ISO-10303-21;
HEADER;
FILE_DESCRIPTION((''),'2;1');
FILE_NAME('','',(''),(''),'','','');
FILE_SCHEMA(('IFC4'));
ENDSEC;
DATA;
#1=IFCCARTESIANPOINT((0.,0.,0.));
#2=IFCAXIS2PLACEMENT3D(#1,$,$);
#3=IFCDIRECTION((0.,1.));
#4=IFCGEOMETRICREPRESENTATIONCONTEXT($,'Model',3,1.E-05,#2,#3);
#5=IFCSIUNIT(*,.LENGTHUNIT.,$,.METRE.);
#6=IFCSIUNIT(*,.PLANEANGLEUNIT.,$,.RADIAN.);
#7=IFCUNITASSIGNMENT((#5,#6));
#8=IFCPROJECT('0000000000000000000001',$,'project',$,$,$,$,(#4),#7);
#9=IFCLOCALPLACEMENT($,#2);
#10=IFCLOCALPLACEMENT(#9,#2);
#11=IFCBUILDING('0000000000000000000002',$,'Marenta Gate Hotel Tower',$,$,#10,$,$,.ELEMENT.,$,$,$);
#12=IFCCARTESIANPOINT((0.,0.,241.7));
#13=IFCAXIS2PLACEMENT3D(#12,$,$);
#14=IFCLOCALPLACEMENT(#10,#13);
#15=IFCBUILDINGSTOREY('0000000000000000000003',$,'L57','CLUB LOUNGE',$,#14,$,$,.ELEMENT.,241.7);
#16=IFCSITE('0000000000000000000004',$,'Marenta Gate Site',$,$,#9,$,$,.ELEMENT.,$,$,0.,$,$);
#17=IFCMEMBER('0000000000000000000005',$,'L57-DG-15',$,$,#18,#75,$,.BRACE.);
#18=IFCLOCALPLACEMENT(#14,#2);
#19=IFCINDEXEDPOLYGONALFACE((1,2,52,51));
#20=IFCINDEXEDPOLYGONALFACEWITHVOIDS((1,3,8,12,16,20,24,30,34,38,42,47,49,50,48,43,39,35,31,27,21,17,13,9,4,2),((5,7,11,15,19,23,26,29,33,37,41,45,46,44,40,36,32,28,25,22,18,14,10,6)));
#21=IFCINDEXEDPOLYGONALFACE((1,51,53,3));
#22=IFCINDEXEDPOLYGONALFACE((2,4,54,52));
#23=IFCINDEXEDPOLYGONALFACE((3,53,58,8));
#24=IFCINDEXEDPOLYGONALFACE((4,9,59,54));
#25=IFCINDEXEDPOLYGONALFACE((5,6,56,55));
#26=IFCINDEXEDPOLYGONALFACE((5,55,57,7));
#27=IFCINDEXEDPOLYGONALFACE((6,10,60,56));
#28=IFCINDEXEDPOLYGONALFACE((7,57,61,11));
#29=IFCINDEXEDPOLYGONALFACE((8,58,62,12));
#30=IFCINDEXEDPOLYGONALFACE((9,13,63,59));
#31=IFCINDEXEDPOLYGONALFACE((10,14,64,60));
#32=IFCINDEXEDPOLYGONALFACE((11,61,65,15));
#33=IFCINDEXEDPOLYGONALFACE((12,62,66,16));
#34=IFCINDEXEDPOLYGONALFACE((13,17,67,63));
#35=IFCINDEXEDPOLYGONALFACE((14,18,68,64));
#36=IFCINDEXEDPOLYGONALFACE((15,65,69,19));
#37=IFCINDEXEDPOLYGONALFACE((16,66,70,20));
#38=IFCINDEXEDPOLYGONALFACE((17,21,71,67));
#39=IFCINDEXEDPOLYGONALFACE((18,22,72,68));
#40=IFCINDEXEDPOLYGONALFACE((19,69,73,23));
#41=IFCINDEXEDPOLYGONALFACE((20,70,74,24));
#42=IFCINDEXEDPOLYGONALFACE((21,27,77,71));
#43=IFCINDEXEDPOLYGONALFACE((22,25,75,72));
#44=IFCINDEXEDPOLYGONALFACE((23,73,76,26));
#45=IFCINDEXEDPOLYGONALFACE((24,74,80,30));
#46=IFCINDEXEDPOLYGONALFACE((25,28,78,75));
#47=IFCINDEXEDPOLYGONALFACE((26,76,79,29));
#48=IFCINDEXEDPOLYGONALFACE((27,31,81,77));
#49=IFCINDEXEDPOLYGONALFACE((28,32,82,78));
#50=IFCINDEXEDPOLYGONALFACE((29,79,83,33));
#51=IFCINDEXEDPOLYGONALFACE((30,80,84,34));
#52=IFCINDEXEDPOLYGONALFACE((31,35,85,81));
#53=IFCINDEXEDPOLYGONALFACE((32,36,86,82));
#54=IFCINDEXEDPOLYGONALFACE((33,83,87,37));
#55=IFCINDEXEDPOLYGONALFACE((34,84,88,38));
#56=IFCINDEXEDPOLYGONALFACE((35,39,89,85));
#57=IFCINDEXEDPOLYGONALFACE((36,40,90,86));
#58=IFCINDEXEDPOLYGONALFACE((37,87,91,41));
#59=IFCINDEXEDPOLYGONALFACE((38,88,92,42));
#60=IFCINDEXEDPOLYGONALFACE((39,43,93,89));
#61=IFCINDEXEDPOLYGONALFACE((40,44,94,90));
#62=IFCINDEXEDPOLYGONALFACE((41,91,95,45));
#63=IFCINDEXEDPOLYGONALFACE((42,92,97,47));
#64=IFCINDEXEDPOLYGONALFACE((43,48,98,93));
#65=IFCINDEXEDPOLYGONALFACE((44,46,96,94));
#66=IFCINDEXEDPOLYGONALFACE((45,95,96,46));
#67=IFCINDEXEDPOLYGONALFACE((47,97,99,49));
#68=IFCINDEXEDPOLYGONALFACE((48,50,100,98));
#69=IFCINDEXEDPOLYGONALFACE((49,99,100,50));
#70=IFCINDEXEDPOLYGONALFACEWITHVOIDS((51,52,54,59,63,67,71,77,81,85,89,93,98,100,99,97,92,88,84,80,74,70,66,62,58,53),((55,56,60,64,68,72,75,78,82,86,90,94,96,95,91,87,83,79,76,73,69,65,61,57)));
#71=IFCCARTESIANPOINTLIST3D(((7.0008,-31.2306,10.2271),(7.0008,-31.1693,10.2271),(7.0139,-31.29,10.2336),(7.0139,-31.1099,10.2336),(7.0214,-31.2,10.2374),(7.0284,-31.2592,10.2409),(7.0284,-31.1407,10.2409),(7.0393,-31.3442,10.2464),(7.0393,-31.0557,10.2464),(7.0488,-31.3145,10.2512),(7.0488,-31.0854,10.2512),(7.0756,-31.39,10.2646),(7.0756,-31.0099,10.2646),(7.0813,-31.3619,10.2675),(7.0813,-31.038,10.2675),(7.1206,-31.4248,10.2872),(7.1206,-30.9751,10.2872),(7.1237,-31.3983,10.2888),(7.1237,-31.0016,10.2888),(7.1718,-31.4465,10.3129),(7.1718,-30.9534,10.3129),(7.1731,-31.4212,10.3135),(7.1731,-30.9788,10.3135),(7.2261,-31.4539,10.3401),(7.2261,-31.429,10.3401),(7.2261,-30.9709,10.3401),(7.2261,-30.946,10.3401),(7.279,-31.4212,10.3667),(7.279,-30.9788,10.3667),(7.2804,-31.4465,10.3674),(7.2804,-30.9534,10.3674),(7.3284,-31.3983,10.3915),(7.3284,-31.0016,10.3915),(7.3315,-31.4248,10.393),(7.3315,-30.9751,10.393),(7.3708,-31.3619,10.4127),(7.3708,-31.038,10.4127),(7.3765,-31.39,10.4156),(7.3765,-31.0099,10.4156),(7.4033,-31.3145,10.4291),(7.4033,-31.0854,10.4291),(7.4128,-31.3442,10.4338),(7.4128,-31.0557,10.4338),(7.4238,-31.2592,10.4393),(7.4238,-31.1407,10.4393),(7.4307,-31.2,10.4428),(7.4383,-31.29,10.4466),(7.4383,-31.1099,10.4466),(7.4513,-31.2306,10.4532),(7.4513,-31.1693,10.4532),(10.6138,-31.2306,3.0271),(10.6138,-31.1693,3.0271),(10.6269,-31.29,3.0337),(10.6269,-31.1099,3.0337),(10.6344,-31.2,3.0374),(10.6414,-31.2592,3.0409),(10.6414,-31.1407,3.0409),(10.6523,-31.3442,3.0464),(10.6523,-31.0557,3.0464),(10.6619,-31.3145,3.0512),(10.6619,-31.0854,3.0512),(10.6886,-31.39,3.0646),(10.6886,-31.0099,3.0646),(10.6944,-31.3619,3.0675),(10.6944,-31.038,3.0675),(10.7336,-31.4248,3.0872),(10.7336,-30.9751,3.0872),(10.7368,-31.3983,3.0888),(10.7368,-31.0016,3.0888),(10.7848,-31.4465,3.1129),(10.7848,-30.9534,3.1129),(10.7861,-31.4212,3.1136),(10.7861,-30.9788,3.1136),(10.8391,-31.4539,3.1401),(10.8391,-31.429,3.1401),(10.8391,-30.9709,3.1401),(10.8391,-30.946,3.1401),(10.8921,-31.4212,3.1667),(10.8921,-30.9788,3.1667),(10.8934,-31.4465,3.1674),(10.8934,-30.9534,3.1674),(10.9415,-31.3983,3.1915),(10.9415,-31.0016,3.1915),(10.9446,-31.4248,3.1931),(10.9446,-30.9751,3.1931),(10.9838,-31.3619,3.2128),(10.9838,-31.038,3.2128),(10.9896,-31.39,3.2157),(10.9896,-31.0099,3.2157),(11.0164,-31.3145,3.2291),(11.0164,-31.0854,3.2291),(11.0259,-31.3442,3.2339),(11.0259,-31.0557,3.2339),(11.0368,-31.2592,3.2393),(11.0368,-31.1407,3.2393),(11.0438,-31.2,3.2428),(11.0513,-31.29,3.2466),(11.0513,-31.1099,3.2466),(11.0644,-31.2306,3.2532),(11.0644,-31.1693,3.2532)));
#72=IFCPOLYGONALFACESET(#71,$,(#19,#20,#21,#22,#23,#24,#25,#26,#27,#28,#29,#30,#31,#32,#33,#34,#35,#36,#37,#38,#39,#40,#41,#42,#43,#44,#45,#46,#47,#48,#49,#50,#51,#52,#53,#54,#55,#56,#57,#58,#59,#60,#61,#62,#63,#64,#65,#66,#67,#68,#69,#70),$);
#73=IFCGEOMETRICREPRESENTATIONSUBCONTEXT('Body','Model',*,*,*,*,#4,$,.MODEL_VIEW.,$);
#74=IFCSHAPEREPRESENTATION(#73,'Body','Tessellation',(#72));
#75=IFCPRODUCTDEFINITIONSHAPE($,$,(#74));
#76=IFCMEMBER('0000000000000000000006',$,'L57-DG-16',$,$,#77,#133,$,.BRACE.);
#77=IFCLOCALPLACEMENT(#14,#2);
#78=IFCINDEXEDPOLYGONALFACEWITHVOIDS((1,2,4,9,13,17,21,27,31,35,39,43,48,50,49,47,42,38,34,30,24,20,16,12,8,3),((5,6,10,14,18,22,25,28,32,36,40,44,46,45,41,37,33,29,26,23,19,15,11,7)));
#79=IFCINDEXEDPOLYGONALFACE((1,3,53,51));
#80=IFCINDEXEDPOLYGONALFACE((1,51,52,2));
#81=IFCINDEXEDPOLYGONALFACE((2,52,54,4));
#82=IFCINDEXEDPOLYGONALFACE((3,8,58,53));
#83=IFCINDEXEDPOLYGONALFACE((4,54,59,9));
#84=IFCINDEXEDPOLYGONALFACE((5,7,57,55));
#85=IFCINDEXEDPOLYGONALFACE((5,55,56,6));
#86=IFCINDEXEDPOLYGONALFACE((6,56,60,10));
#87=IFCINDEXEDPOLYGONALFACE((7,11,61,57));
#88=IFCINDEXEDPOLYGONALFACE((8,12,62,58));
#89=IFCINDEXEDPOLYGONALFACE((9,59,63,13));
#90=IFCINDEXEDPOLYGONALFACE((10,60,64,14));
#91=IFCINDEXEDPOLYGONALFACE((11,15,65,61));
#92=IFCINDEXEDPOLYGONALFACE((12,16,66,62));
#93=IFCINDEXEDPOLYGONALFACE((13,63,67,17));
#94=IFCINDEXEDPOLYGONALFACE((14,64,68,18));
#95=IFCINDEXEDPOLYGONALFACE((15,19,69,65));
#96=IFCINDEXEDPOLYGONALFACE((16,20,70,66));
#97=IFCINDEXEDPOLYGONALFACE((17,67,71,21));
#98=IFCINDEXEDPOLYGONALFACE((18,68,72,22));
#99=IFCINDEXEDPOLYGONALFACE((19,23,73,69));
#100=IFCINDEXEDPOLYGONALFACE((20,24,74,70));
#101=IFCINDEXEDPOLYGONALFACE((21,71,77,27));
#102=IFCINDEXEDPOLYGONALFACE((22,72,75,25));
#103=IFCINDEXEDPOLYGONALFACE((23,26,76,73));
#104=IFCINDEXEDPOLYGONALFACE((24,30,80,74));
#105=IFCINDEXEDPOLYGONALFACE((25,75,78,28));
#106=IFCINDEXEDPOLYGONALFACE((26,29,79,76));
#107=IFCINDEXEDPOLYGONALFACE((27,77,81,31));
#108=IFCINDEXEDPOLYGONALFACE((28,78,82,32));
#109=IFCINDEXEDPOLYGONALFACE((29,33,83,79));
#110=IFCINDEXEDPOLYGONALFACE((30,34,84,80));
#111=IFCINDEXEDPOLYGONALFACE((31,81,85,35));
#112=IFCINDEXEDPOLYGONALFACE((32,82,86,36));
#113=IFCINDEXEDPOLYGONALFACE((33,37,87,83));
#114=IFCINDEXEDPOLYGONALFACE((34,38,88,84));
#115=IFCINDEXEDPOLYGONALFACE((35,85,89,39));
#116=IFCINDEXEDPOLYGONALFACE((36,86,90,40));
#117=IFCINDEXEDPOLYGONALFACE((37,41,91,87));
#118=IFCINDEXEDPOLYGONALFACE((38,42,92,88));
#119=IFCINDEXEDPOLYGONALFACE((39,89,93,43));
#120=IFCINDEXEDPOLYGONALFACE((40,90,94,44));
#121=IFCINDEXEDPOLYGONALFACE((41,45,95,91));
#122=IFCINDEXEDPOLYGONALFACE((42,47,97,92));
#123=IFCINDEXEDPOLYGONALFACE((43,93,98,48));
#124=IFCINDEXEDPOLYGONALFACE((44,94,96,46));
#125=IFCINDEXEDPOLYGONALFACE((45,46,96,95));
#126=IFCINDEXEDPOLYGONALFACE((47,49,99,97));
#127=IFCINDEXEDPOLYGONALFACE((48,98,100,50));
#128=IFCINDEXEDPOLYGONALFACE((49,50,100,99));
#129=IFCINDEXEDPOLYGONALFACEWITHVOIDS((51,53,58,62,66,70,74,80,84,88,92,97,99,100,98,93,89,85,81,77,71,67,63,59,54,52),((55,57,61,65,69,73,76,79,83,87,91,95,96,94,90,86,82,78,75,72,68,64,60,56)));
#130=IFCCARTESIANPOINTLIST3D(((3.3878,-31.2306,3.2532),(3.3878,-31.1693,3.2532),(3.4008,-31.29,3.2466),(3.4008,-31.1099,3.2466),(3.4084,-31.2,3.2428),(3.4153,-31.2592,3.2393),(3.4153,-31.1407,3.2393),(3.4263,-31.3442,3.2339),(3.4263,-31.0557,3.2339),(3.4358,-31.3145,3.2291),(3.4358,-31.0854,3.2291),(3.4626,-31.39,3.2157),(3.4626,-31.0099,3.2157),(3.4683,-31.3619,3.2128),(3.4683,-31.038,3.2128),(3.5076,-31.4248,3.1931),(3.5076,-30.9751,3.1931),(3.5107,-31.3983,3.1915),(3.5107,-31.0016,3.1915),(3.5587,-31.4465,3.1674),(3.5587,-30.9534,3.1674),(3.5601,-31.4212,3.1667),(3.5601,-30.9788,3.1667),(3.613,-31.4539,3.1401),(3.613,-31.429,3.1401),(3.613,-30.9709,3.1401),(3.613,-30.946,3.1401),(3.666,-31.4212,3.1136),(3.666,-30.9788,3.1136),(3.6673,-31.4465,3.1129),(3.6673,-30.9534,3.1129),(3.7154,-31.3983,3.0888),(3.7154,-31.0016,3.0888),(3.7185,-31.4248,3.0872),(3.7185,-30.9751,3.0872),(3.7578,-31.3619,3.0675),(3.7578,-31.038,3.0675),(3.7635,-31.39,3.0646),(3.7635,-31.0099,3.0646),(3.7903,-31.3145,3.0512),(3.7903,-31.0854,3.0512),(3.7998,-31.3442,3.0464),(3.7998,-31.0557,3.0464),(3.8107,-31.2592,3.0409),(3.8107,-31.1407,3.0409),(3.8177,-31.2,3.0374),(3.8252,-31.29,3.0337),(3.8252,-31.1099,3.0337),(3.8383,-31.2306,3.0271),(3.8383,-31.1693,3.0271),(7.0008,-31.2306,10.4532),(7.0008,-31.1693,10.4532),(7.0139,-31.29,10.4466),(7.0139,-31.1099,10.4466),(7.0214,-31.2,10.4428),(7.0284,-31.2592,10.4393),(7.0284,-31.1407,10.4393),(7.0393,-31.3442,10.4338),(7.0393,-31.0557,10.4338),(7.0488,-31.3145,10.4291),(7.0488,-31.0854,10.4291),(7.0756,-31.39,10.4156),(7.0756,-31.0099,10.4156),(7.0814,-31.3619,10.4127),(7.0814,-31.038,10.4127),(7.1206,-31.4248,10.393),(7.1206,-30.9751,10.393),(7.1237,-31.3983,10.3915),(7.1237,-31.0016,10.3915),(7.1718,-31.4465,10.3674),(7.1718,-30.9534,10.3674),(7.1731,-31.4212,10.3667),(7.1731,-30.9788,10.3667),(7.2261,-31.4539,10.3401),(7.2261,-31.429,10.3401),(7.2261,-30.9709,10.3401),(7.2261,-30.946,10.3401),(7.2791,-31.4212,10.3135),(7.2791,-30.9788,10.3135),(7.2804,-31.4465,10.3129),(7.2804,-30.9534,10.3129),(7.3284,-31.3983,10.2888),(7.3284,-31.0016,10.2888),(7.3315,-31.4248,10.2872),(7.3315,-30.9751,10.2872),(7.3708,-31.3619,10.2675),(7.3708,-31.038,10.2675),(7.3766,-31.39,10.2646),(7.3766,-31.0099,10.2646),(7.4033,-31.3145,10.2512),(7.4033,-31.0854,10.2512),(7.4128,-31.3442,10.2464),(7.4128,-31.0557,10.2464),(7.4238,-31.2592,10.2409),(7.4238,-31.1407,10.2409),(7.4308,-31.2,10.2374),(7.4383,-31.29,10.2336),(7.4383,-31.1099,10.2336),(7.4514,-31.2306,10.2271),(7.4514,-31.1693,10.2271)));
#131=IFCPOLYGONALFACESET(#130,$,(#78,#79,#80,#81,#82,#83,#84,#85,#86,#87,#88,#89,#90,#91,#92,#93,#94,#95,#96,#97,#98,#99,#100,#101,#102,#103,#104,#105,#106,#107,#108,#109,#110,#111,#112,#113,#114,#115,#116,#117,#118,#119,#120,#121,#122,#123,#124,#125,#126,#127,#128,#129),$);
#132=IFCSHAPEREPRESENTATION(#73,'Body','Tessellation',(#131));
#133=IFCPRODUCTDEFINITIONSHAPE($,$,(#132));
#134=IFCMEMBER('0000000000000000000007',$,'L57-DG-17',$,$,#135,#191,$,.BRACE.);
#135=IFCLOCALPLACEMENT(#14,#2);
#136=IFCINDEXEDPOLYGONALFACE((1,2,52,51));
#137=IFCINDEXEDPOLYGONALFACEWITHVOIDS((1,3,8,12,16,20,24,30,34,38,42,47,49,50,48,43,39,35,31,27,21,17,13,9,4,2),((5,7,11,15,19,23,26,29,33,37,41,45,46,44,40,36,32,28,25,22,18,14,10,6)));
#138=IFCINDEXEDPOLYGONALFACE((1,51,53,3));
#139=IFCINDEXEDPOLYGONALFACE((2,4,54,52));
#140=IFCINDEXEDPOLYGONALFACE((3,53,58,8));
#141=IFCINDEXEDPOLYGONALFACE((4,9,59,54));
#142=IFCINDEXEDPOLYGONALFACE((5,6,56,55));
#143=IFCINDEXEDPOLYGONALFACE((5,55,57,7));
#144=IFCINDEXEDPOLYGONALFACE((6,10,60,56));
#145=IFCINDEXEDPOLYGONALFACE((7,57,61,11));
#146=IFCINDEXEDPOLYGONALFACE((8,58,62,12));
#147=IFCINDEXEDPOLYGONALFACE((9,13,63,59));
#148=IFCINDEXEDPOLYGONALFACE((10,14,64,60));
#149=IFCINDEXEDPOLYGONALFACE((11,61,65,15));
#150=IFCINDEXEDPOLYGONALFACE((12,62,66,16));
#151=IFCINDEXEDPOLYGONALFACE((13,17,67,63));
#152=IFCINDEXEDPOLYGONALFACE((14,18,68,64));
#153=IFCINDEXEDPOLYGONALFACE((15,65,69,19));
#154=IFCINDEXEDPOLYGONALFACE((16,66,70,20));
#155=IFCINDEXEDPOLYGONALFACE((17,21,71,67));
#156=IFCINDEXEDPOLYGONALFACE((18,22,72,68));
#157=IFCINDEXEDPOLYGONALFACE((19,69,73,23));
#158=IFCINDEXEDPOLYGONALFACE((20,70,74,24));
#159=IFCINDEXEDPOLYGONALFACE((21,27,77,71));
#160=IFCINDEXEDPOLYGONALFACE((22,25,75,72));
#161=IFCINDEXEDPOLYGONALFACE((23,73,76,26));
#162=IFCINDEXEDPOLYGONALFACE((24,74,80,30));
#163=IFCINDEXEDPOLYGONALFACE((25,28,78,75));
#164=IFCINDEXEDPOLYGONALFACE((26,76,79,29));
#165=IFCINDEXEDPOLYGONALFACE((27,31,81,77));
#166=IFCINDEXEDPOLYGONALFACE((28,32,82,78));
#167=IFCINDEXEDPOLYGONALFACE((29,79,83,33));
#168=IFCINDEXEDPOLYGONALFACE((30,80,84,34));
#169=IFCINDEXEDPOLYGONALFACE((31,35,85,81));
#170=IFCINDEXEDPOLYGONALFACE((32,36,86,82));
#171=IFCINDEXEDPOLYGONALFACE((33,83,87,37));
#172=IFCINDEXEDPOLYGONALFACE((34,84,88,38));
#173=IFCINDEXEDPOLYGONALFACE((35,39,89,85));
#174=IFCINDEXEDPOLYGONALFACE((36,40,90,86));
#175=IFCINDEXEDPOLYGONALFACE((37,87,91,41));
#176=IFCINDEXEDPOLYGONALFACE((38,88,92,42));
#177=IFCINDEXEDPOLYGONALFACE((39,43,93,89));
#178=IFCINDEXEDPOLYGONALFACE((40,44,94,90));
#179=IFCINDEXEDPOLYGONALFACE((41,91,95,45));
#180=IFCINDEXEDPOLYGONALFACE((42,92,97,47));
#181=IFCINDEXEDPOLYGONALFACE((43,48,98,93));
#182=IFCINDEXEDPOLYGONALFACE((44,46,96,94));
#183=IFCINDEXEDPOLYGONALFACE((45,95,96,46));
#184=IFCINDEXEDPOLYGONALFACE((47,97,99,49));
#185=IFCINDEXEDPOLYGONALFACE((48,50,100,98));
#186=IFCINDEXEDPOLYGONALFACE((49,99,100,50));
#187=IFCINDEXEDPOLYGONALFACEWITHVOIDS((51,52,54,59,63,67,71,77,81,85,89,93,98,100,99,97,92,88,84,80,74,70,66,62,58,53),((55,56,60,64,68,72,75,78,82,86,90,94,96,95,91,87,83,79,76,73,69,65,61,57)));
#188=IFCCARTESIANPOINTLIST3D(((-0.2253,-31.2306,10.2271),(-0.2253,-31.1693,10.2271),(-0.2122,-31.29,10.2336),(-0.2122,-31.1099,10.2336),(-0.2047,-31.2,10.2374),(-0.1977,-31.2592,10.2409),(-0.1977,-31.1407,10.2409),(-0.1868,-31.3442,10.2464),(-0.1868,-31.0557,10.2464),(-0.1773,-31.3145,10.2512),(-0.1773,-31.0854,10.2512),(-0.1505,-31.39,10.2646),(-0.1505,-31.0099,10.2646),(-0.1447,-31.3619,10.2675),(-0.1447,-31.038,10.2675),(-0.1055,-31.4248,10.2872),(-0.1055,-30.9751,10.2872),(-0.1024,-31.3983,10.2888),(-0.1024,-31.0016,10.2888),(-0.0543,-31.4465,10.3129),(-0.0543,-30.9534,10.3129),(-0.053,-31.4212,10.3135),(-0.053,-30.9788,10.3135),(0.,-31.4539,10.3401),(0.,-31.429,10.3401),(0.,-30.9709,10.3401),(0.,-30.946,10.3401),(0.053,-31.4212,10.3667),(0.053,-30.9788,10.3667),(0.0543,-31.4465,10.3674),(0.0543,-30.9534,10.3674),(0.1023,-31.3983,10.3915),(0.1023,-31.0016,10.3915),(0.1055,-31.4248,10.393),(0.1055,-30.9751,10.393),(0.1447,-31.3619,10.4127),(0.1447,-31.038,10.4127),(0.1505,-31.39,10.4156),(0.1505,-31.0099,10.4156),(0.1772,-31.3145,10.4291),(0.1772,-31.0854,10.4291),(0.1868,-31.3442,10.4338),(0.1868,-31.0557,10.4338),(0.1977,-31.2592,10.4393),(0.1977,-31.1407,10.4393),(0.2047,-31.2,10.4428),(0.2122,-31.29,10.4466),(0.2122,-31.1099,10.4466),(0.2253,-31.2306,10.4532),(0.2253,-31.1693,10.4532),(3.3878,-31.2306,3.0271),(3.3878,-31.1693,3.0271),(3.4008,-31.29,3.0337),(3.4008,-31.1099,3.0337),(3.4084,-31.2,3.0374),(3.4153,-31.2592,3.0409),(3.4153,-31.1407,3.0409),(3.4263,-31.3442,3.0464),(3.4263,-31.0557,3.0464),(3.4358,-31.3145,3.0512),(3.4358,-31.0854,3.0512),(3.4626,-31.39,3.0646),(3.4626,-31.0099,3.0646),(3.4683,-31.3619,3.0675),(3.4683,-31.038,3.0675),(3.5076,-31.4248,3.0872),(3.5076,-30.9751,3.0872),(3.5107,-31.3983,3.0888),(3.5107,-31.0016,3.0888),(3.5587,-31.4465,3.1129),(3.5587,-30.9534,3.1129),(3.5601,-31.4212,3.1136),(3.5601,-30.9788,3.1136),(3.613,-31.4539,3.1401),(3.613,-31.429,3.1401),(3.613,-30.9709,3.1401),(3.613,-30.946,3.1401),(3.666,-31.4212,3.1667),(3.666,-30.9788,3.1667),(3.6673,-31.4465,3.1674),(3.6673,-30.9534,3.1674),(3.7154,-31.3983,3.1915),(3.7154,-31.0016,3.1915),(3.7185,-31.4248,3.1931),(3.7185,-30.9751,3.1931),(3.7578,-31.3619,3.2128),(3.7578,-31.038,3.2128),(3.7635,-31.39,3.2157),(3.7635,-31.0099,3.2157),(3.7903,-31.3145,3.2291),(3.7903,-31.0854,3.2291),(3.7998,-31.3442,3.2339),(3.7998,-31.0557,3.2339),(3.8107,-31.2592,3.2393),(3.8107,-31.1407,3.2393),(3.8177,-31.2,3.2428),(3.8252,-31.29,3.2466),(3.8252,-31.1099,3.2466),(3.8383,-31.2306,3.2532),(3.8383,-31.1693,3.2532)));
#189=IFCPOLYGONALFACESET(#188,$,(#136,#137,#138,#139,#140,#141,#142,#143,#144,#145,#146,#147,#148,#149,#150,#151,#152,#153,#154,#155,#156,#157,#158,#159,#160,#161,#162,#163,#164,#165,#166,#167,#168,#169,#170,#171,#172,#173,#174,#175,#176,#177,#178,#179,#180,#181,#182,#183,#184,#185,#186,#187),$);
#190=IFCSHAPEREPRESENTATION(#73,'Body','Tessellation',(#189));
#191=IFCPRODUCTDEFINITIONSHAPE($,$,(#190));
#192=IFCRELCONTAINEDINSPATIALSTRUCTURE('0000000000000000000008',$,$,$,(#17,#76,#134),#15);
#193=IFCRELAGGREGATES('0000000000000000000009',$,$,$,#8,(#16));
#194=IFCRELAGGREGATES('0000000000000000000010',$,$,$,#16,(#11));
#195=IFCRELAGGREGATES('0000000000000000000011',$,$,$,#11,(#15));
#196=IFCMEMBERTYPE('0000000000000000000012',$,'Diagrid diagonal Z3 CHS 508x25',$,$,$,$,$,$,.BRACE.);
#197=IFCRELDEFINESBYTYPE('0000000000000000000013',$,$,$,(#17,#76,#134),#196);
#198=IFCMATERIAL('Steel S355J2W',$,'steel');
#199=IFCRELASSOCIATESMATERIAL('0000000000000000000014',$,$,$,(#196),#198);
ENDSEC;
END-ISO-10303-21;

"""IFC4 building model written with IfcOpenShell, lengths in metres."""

from ifc_helpers import new_model, si_unit, direction, frame, origin, origin_2d, place, context, subcontext, project, spatial, hollow_circle, extrude, material, material_profile, profile_set, type_object, element, save


model = new_model("IFC4")

# Units and contexts
model_context = context("Model", 3, precision=1e-05, world=origin(), true_north=direction((0.0, 1.0)))
body_context = subcontext(model_context, "Body", "Model", "MODEL_VIEW")
ifc_project = project(units=[si_unit("LENGTHUNIT", "METRE"), si_unit("PLANEANGLEUNIT", "RADIAN")], contexts=[model_context])

# Site, building, storey
site_placement = place(None, origin())
site = spatial("IfcSite", under=ifc_project, at=site_placement, Name="Marenta Gate Site", CompositionType="ELEMENT", RefElevation=0.0)
building_placement = place(site_placement, origin())
building = spatial("IfcBuilding", under=site, at=building_placement, Name="Marenta Gate Hotel Tower", CompositionType="ELEMENT")
storey_placement = place(building_placement, frame((0.0, 0.0, 241.7)))
storey = spatial("IfcBuildingStorey", under=building, at=storey_placement, Name="L57", Description="CLUB LOUNGE", CompositionType="ELEMENT", Elevation=241.7)

# Members
ifc_material_1 = material(Name="Steel S355J2W", Category="steel")
ifc_material_profile_1 = material_profile(ifc_material_1, hollow_circle(Radius=0.2539, WallThickness=0.0249, at=origin_2d()), Name="CHS 508x25")
ifc_profile_set_1 = profile_set([ifc_material_profile_1], Name="Steel S355J2W")
member_type_1 = type_object("IfcMemberType", Name="Diagrid diagonal Z3 CHS 508x25", PredefinedType="BRACE", material=ifc_profile_set_1)
for number, where, z_axis, x_axis, name in (
    (1, (10.8391, -31.2, 3.1401), (-0.44851, 0.0, 0.893778), (0.0, -1.0, 0.0), "L57-DG-15"),
    (2, (3.613, -31.2, 3.1401), (0.44851, 0.0, 0.893778), (0.0, 1.0, 0.0), "L57-DG-16"),
    (3, (3.613, -31.2, 3.1401), (-0.44851, 0.0, 0.893778), (0.0, -1.0, 0.0), "L57-DG-17"),
):
    element("IfcMember", number, at=place(storey_placement, frame(where, z_axis=z_axis, x_axis=x_axis)), inside=storey, type_object=member_type_1, Name=name, PredefinedType="BRACE", context=body_context, shape_type="SweptSolid", body=[
        extrude(hollow_circle(Radius=0.2539, WallThickness=0.0249, at=origin_2d()), origin(), (0.0, 0.0, 1.0), 8.0557),
    ])

save(model, "model.ifc")
